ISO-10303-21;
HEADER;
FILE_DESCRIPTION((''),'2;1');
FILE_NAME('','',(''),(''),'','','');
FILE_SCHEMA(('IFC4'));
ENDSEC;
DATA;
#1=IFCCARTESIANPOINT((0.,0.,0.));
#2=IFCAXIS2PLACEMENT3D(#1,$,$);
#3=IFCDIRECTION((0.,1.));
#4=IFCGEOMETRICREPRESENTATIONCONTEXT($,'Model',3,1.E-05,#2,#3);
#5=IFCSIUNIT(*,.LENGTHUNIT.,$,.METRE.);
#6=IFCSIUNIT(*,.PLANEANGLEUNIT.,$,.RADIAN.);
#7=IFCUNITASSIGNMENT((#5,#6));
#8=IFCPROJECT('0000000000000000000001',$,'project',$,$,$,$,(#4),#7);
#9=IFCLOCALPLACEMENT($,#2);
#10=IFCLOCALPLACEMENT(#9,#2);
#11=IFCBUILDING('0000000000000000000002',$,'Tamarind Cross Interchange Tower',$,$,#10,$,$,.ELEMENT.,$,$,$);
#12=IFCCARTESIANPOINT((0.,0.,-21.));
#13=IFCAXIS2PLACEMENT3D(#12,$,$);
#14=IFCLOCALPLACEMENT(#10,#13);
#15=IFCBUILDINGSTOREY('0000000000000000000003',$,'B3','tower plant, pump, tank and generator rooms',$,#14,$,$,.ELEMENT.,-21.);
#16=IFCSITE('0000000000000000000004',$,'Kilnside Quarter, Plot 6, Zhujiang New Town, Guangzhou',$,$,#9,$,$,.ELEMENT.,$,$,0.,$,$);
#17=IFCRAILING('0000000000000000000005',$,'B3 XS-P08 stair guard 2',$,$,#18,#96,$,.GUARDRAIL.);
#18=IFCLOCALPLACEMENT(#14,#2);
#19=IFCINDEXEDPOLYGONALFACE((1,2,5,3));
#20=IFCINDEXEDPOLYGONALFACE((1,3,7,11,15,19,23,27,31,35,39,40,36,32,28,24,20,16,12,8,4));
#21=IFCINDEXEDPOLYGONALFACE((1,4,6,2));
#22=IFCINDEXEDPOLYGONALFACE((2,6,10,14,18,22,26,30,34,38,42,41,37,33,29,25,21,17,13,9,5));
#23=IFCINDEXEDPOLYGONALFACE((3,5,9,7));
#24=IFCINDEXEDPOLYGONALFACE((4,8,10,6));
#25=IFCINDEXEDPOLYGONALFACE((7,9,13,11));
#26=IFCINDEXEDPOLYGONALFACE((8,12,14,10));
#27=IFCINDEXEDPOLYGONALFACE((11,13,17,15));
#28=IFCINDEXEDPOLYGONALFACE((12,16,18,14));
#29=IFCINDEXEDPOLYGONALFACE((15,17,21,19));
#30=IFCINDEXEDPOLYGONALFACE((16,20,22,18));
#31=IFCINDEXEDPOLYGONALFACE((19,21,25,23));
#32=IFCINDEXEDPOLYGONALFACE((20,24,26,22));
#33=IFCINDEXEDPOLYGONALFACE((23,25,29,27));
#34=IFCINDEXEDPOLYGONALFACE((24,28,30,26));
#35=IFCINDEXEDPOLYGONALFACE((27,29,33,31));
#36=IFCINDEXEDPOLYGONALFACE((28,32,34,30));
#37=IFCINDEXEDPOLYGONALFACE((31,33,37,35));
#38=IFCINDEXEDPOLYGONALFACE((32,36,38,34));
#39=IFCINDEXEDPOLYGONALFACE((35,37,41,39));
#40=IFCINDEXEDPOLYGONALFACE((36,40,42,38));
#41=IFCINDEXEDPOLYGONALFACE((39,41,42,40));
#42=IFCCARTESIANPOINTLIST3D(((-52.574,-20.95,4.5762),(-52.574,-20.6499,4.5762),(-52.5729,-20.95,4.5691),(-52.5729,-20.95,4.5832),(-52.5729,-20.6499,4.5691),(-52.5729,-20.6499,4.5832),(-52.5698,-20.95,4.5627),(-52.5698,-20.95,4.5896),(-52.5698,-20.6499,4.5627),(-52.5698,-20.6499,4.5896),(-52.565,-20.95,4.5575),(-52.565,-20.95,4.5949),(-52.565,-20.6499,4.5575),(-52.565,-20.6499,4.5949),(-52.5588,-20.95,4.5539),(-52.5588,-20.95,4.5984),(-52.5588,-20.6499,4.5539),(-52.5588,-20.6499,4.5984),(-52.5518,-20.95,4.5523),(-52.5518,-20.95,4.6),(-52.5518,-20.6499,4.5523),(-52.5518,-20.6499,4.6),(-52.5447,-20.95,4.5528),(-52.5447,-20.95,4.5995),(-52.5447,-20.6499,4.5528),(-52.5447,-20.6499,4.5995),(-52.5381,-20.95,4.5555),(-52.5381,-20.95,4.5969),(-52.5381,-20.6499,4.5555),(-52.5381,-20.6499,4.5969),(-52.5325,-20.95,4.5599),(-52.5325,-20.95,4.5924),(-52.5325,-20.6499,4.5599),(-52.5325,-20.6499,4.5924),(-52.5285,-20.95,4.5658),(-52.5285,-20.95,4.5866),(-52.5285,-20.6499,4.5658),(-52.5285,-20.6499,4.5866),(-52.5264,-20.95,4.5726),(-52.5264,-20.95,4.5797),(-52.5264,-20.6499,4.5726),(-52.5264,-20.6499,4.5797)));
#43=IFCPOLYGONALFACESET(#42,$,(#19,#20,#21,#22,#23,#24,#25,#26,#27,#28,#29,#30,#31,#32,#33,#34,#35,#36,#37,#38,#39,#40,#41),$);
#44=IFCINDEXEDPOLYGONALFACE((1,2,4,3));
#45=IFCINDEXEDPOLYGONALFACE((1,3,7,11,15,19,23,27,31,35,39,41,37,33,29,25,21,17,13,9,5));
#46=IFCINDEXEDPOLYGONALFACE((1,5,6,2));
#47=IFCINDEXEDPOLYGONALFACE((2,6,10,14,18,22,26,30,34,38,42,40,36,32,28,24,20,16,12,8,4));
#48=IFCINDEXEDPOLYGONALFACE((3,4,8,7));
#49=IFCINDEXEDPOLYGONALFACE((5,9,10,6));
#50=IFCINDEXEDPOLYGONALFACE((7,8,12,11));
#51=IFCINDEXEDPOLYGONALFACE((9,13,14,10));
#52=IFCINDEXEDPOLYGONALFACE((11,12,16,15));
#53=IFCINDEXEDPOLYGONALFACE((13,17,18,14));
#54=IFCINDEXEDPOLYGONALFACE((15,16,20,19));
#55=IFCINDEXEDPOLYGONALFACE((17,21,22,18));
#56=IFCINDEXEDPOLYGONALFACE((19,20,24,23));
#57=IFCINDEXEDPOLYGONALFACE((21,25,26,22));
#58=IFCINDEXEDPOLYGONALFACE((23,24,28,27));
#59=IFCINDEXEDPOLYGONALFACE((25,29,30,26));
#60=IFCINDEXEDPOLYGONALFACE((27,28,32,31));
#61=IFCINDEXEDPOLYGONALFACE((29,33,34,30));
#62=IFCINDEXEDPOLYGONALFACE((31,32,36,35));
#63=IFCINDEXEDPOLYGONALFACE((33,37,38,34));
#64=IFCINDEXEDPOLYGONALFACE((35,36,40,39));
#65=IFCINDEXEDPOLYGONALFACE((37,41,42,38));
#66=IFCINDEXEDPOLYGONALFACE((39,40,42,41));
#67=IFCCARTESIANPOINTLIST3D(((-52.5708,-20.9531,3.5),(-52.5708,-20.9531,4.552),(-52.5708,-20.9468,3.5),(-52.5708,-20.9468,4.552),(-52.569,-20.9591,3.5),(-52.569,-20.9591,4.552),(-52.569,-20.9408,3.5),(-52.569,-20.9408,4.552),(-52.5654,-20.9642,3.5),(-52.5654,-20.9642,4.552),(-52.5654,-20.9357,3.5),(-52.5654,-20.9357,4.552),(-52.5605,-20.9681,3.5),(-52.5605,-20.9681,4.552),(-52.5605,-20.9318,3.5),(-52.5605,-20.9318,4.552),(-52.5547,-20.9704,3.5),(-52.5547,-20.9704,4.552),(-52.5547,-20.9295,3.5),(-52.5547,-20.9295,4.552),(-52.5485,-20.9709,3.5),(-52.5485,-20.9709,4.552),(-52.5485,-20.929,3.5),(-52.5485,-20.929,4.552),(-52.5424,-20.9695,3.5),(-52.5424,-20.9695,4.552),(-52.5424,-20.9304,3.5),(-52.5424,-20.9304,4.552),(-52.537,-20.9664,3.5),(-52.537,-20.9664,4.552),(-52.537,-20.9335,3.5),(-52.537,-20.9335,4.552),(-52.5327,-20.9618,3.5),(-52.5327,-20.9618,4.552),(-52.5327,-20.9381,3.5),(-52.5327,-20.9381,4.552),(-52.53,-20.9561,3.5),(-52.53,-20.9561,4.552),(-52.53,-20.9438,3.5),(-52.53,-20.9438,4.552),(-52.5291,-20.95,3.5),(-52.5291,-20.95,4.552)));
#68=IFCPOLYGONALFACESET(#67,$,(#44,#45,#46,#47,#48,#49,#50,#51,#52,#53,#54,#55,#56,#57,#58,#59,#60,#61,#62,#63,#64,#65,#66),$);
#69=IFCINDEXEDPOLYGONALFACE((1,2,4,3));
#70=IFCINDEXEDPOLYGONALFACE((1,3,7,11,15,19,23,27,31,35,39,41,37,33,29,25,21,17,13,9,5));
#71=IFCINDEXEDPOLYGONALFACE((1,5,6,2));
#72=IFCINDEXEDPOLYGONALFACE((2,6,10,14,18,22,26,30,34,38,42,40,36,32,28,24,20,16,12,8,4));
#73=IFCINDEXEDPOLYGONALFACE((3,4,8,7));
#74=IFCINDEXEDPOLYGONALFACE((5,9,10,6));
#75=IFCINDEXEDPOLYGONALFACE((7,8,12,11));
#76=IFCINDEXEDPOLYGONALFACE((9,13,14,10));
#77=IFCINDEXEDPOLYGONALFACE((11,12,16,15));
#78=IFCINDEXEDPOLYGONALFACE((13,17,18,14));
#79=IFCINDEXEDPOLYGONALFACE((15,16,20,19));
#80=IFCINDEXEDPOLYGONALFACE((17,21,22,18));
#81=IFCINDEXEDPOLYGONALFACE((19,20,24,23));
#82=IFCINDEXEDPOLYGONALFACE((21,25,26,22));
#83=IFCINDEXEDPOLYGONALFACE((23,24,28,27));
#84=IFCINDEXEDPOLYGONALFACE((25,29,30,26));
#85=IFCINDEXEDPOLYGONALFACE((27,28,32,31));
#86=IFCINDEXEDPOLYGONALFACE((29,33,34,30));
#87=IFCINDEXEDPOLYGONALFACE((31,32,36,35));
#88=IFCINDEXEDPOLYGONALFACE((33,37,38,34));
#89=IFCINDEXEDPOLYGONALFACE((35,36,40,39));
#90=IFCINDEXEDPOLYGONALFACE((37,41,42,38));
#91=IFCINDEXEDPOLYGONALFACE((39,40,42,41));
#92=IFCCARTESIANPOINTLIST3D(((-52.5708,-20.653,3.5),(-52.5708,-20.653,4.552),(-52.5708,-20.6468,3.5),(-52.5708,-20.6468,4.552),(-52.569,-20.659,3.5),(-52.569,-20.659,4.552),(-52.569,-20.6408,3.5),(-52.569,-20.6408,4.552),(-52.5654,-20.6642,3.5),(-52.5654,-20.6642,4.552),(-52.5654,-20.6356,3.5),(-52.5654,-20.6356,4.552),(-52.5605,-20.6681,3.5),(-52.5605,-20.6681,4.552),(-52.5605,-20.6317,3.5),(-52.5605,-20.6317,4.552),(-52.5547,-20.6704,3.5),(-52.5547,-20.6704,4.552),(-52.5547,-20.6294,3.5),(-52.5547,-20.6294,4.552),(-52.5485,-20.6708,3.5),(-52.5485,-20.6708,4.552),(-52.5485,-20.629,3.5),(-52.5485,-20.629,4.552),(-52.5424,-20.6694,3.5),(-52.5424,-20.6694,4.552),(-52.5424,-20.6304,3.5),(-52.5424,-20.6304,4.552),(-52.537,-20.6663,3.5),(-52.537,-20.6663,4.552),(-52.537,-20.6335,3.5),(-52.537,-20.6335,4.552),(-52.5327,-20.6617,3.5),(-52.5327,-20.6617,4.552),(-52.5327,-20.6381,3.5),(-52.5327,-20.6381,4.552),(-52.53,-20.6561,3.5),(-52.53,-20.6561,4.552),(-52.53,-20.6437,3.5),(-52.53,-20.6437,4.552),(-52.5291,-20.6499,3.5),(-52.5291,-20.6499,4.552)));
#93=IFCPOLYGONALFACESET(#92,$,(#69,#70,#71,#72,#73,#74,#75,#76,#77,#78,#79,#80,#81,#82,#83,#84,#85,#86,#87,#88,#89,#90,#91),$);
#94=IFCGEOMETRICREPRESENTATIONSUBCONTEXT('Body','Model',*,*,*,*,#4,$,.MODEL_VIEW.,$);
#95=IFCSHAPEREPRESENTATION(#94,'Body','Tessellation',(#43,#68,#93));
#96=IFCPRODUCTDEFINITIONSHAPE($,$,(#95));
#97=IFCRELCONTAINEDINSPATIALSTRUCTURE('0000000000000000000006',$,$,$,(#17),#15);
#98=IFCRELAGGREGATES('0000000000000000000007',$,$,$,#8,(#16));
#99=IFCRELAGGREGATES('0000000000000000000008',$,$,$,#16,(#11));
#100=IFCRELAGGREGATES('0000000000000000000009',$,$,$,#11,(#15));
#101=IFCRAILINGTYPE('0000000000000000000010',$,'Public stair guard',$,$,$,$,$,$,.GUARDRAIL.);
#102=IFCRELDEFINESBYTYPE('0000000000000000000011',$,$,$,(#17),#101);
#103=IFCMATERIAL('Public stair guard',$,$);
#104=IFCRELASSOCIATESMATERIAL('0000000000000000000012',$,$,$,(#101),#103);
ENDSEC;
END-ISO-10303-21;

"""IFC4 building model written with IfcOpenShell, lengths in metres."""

from ifc_helpers import new_model, si_unit, direction, frame, origin, origin_2d, place, context, subcontext, project, spatial, circle, extrude, material, type_object, element, save


model = new_model("IFC4")

# Units and contexts
model_context = context("Model", 3, precision=1e-05, world=origin(), true_north=direction((0.0, 1.0)))
body_context = subcontext(model_context, "Body", "Model", "MODEL_VIEW")
ifc_project = project(units=[si_unit("LENGTHUNIT", "METRE"), si_unit("PLANEANGLEUNIT", "RADIAN")], contexts=[model_context])

# Site, building, storey
site_placement = place(None, origin())
site = spatial("IfcSite", under=ifc_project, at=site_placement, Name="Kilnside Quarter, Plot 6, Zhujiang New Town, Guangzhou", CompositionType="ELEMENT", RefElevation=0.0)
building_placement = place(site_placement, origin())
building = spatial("IfcBuilding", under=site, at=building_placement, Name="Tamarind Cross Interchange Tower", CompositionType="ELEMENT")
storey_placement = place(building_placement, frame((0.0, 0.0, -21.0)))
storey = spatial("IfcBuildingStorey", under=building, at=storey_placement, Name="B3", Description="tower plant, pump, tank and generator rooms", CompositionType="ELEMENT", Elevation=-21.0)

# Railing
ifc_material_1 = material(Name="Public stair guard")
railing_type_1 = type_object("IfcRailingType", Name="Public stair guard", PredefinedType="GUARDRAIL", material=ifc_material_1)
railing_1_placement = place(storey_placement, frame((-52.55, -20.95, 3.5)))
element("IfcRailing", 1, at=railing_1_placement, inside=storey, type_object=railing_type_1, Name="B3 XS-P08 stair guard 2", PredefinedType="GUARDRAIL", context=body_context, shape_type="SweptSolid", body=[
    extrude(circle(Radius=0.0239, at=origin_2d()), frame((0.0, 0.0, 1.0762), z_axis=(0.0, 1.0, 0.0), x_axis=(-1.0, 0.0, 0.0)), (0.0, 0.0, 1.0), 0.3),
    extrude(circle(Radius=0.021, at=origin_2d()), origin(), (0.0, 0.0, 1.0), 1.052),
    extrude(circle(Radius=0.021, at=origin_2d()), frame((0.0, 0.3, 0.0)), (0.0, 0.0, 1.0), 1.052),
])

save(model, "model.ifc")
